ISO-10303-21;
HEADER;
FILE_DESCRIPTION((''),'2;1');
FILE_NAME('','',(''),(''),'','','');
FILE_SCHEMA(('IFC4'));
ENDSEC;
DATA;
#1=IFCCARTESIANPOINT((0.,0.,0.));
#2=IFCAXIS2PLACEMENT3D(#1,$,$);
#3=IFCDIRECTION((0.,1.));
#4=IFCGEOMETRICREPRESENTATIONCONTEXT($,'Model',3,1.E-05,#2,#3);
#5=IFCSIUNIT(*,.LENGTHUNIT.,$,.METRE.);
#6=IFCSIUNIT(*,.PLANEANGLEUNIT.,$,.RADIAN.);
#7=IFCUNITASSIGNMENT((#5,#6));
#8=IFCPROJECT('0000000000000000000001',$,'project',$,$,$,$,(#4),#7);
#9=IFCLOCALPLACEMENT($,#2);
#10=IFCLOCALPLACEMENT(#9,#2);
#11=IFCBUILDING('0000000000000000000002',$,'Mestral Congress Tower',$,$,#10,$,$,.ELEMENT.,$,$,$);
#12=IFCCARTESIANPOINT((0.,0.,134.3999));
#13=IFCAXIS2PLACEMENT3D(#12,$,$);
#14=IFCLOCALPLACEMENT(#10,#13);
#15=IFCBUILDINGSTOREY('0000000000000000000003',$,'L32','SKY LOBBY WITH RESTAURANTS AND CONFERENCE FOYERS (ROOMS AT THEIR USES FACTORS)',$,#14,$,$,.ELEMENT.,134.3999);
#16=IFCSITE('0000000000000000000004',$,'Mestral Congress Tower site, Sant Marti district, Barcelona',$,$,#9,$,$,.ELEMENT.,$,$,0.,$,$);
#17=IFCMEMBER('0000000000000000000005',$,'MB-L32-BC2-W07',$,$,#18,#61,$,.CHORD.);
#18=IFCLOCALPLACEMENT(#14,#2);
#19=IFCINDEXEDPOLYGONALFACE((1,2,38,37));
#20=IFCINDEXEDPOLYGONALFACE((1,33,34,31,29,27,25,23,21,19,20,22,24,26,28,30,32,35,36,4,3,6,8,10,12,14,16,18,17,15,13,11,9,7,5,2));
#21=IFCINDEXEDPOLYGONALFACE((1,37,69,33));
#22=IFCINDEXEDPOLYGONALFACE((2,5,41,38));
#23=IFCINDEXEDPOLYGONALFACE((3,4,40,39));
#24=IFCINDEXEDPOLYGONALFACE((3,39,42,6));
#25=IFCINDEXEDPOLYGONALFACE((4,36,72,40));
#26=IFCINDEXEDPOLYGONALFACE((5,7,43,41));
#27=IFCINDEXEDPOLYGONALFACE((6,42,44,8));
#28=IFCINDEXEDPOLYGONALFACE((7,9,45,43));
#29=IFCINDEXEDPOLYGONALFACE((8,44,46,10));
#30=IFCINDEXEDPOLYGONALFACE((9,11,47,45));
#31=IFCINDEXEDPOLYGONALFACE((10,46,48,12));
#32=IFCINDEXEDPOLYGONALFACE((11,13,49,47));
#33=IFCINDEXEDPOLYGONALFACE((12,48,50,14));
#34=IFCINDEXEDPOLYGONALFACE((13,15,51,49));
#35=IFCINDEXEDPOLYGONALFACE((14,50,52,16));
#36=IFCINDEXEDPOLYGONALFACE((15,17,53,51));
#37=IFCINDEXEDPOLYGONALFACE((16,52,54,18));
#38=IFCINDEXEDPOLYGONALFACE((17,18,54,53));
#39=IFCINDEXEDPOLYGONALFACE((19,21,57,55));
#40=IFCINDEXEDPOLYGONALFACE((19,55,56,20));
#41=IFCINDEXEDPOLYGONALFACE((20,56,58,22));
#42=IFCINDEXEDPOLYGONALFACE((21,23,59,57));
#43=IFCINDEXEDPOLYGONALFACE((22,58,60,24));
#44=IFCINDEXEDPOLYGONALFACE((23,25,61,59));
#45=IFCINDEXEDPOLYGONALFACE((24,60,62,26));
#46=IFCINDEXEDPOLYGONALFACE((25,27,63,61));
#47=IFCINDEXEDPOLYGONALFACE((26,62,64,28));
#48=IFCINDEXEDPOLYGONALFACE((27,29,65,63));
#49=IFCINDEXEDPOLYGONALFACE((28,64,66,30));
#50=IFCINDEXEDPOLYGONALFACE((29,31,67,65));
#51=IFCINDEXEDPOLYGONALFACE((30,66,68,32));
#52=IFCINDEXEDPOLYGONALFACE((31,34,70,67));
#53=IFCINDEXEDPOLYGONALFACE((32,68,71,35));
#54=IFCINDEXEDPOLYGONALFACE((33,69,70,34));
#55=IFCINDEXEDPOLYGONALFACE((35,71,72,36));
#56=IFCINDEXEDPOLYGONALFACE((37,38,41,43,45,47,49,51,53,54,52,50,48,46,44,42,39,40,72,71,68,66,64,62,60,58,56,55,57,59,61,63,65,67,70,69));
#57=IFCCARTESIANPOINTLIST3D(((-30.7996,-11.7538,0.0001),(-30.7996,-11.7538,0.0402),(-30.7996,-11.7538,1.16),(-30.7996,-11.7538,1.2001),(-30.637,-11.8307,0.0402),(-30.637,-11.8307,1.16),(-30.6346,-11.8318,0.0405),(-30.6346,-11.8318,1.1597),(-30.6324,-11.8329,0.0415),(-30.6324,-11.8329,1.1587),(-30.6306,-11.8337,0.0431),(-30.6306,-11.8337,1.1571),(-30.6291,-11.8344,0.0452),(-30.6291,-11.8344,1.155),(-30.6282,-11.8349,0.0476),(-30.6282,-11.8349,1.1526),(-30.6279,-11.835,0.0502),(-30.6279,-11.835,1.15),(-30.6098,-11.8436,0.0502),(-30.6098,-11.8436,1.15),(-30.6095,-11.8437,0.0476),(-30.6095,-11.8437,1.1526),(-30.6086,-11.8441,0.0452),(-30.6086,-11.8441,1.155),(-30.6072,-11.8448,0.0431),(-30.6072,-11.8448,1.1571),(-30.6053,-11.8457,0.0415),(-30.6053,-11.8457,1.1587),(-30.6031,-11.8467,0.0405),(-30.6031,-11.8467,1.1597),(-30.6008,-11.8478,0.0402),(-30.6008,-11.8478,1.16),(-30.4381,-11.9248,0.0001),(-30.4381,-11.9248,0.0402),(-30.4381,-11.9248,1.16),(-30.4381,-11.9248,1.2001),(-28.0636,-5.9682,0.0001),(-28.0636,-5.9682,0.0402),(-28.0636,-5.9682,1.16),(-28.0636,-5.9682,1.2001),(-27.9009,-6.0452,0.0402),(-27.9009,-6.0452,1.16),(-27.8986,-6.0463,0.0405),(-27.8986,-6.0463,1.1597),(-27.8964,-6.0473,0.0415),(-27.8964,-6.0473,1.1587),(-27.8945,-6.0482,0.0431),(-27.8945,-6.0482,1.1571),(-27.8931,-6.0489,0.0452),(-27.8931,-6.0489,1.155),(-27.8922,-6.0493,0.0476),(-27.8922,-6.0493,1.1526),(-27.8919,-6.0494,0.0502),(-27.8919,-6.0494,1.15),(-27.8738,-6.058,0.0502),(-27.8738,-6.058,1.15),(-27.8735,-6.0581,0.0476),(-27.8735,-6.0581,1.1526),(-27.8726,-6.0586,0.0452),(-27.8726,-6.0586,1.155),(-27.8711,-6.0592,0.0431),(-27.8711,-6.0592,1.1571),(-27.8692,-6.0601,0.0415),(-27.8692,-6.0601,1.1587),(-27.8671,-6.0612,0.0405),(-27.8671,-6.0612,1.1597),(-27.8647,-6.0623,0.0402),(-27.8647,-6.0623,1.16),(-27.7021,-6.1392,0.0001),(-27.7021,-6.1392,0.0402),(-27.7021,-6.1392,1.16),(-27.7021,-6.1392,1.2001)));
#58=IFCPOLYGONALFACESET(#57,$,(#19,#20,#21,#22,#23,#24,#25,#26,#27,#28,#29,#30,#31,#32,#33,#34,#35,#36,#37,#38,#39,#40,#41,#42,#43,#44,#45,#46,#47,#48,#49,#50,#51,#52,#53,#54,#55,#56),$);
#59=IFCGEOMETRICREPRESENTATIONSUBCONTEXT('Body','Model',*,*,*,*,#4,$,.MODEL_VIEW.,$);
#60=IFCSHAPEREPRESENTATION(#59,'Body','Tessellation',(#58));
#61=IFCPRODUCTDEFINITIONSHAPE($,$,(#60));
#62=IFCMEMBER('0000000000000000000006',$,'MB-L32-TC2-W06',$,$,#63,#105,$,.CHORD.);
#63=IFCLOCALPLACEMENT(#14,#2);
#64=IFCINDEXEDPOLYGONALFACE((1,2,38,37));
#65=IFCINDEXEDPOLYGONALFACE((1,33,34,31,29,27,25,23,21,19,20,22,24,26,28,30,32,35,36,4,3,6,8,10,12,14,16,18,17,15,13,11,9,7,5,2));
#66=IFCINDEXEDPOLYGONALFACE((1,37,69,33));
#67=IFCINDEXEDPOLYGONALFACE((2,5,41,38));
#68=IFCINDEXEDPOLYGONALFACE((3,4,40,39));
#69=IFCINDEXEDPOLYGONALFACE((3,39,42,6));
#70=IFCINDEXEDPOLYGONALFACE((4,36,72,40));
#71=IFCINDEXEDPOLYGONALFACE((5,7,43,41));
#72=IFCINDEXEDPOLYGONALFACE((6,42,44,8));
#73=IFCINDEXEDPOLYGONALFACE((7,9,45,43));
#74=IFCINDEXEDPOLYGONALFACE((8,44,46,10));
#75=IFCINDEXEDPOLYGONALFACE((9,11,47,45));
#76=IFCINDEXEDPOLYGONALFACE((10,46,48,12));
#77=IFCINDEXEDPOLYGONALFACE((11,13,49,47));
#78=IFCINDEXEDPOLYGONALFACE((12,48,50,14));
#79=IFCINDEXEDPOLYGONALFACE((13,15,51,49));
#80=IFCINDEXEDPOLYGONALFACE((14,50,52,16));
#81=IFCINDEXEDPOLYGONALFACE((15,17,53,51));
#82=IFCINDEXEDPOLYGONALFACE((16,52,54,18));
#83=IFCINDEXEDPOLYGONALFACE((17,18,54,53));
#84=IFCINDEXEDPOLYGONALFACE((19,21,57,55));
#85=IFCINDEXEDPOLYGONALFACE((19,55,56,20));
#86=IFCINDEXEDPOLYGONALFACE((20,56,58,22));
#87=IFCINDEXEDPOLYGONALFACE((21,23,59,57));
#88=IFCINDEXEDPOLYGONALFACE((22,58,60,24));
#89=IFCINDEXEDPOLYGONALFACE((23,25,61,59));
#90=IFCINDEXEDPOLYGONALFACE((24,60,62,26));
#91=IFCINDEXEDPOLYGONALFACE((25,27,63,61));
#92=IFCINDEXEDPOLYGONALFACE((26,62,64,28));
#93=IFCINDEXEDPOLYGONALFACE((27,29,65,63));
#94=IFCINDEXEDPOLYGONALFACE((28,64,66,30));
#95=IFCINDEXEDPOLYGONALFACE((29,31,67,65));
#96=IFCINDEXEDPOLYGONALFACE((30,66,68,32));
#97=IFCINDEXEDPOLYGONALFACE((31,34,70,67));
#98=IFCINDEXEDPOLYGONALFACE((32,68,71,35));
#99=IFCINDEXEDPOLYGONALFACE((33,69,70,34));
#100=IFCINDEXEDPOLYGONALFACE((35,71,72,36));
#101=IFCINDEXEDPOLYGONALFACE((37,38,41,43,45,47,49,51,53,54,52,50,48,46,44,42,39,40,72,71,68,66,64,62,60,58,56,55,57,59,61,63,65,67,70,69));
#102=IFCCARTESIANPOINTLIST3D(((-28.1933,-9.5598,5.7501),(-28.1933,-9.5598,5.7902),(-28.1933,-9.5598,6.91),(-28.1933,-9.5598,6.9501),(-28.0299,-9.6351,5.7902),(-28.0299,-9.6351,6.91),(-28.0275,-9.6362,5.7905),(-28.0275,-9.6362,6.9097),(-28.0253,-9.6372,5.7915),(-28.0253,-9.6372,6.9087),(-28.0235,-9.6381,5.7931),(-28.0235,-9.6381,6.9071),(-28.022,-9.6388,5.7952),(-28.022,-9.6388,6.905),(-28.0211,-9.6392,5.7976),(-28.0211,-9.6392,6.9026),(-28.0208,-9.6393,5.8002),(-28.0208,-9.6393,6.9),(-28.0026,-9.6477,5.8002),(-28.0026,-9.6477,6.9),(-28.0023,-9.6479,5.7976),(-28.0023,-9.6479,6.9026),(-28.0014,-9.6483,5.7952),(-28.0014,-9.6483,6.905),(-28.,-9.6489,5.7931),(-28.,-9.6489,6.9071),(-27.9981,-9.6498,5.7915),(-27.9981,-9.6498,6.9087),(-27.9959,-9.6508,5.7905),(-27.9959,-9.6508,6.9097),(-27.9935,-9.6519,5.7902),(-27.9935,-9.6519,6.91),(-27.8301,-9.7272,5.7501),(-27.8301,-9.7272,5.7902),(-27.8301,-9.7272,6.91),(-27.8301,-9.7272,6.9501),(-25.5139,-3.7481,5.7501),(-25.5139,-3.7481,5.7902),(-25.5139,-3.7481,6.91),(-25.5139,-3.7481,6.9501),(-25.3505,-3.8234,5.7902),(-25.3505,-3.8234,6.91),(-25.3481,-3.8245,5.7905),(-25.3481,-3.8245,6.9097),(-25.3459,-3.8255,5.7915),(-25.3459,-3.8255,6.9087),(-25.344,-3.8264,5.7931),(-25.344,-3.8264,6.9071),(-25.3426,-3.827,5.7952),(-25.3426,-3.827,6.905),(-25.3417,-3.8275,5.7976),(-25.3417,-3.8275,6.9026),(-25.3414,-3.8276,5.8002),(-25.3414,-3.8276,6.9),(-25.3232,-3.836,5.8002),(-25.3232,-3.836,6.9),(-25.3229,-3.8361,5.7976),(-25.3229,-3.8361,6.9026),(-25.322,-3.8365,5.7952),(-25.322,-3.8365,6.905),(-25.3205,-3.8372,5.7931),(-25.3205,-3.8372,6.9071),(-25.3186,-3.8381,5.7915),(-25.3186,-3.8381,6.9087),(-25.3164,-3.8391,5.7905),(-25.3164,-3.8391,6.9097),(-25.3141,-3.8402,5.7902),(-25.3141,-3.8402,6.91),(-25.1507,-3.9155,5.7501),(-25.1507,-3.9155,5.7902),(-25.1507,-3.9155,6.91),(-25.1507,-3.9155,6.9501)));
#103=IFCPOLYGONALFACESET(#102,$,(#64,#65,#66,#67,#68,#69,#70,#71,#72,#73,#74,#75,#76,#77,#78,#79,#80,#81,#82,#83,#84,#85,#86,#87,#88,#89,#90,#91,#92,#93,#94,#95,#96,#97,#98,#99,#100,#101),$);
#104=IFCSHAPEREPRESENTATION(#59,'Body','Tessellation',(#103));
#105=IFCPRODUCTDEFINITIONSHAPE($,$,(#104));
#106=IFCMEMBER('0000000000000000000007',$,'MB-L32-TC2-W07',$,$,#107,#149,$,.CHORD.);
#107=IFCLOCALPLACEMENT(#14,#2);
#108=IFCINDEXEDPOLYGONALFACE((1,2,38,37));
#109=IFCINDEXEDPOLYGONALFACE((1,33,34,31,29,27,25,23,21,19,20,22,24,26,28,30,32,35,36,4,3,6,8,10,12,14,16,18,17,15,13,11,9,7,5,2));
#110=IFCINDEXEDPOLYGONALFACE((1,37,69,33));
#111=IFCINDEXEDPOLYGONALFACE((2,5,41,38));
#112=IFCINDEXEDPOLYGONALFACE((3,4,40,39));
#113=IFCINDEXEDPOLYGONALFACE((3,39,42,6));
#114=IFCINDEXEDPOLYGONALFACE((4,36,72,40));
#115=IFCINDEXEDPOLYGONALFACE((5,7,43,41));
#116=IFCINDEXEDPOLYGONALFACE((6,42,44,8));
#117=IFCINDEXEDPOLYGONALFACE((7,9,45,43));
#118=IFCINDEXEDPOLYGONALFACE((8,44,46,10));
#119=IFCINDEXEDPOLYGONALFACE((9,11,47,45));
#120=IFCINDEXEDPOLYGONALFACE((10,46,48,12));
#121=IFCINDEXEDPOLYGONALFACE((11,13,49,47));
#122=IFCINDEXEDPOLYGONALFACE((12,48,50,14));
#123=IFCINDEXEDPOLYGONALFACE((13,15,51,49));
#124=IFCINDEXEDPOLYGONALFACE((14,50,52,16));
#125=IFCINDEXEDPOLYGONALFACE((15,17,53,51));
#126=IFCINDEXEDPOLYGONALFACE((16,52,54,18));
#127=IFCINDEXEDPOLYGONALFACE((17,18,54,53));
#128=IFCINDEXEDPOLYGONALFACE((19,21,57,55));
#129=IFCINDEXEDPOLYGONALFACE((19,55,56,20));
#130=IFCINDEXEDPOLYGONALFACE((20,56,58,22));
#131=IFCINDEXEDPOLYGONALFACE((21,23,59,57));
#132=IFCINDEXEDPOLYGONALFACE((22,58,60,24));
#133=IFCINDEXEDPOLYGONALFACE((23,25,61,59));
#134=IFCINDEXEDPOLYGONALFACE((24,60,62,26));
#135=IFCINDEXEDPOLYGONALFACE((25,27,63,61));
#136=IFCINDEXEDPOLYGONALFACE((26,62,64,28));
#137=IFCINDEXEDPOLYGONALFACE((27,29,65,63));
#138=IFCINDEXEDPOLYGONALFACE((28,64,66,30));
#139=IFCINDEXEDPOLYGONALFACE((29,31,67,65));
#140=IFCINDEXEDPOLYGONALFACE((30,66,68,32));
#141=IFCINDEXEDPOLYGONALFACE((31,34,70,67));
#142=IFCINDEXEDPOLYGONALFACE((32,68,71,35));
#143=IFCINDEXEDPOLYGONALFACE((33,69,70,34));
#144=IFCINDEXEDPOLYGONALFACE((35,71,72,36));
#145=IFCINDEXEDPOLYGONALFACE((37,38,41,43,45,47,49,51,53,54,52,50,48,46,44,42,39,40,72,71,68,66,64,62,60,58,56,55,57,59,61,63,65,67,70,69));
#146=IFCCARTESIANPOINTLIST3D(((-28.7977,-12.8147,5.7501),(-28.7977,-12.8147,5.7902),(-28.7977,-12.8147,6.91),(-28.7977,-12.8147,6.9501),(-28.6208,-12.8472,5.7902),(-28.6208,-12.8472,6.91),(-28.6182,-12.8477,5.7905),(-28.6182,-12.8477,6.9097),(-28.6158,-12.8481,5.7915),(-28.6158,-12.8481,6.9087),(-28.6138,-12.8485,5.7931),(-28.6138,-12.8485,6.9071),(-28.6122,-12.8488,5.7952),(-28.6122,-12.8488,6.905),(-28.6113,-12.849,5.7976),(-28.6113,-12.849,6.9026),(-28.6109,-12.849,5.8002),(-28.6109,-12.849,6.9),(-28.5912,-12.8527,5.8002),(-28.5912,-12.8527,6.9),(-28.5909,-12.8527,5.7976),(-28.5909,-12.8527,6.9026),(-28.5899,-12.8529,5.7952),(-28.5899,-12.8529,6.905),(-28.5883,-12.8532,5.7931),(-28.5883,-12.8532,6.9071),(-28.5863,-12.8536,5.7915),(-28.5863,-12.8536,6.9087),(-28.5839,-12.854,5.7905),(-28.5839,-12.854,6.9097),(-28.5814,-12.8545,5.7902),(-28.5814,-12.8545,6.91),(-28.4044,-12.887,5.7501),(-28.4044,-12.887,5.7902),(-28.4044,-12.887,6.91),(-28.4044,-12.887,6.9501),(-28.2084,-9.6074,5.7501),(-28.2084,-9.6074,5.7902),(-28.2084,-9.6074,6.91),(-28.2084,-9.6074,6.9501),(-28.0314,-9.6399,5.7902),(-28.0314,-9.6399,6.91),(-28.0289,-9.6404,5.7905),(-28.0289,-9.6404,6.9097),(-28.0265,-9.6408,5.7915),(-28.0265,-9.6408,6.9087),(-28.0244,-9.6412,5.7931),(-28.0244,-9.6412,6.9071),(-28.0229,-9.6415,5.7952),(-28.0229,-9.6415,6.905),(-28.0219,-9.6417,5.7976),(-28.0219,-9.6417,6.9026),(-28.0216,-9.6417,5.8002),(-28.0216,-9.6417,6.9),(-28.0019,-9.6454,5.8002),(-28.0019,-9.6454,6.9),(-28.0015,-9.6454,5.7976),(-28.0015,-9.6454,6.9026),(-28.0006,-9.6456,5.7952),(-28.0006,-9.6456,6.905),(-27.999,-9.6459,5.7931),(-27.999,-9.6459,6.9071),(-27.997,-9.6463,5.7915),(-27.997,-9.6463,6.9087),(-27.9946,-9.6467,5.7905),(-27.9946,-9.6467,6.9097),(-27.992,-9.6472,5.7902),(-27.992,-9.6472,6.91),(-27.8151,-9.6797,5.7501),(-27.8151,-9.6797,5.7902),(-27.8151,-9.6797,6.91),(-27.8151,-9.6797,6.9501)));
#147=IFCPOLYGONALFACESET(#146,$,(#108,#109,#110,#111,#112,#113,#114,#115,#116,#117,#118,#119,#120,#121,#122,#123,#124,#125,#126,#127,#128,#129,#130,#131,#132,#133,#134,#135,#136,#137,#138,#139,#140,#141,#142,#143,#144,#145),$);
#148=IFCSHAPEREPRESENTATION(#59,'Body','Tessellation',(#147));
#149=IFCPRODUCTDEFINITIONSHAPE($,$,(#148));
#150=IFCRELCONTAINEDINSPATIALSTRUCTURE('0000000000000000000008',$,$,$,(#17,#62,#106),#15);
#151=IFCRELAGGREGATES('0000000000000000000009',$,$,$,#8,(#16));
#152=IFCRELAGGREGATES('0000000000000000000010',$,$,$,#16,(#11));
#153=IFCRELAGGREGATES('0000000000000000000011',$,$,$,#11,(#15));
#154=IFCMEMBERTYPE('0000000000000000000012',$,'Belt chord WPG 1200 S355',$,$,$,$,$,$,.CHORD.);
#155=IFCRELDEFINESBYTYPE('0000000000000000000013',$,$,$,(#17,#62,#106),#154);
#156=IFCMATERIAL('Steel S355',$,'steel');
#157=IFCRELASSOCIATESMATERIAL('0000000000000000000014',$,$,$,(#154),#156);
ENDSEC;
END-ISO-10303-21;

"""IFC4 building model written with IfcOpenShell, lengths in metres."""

from ifc_helpers import new_model, si_unit, direction, frame, origin, origin_2d, place, context, subcontext, project, spatial, i_section, extrude, material, material_profile, profile_set, type_object, element, save


model = new_model("IFC4")

# Units and contexts
model_context = context("Model", 3, precision=1e-05, world=origin(), true_north=direction((0.0, 1.0)))
body_context = subcontext(model_context, "Body", "Model", "MODEL_VIEW")
ifc_project = project(units=[si_unit("LENGTHUNIT", "METRE"), si_unit("PLANEANGLEUNIT", "RADIAN")], contexts=[model_context])

# Site, building, storey
site_placement = place(None, origin())
site = spatial("IfcSite", under=ifc_project, at=site_placement, Name="Mestral Congress Tower site, Sant Marti district, Barcelona", CompositionType="ELEMENT", RefElevation=0.0)
building_placement = place(site_placement, origin())
building = spatial("IfcBuilding", under=site, at=building_placement, Name="Mestral Congress Tower", CompositionType="ELEMENT")
storey_placement = place(building_placement, frame((0.0, 0.0, 134.3999)))
storey = spatial("IfcBuildingStorey", under=building, at=storey_placement, Name="L32", Description="SKY LOBBY WITH RESTAURANTS AND CONFERENCE FOYERS (ROOMS AT THEIR USES FACTORS)", CompositionType="ELEMENT", Elevation=134.3999)

# Members
ifc_material_1 = material(Name="Steel S355", Category="steel")
ifc_material_profile_1 = material_profile(ifc_material_1, i_section(OverallWidth=0.3999, OverallDepth=1.2, WebThickness=0.02, FlangeThickness=0.04, FilletRadius=0.01, at=origin_2d()), Name="WPG 1200")
ifc_profile_set_1 = profile_set([ifc_material_profile_1], Name="Steel S355")
member_type_1 = type_object("IfcMemberType", Name="Belt chord WPG 1200 S355", PredefinedType="CHORD", material=ifc_profile_set_1)
member_1_placement = place(storey_placement, frame((-27.8828, -6.0537, 0.6001), z_axis=(-0.427514, -0.904009, 0.0), x_axis=(0.904009, -0.427514, 0.0)))
element("IfcMember", 1, at=member_1_placement, inside=storey, type_object=member_type_1, Name="MB-L32-BC2-W07", PredefinedType="CHORD", context=body_context, shape_type="SweptSolid", body=[
    extrude(i_section(OverallWidth=0.3999, OverallDepth=1.2, WebThickness=0.02, FlangeThickness=0.04, FilletRadius=0.01, at=origin_2d()), origin(), (0.0, 0.0, 1.0), 6.3999),
])
member_2_placement = place(storey_placement, frame((-25.3323, -3.8318, 6.3501), z_axis=(-0.418683, -0.908132, 0.0), x_axis=(0.908132, -0.418683, 0.0)))
element("IfcMember", 2, at=member_2_placement, inside=storey, type_object=member_type_1, Name="MB-L32-TC2-W06", PredefinedType="CHORD", context=body_context, shape_type="SweptSolid", body=[
    extrude(i_section(OverallWidth=0.3999, OverallDepth=1.2, WebThickness=0.02, FlangeThickness=0.04, FilletRadius=0.01, at=origin_2d()), origin(), (0.0, 0.0, 1.0), 6.3997),
])
member_3_placement = place(storey_placement, frame((-28.0117, -9.6436, 6.3501), z_axis=(-0.18073, -0.983533, 0.0), x_axis=(0.983533, -0.18073, 0.0)))
element("IfcMember", 3, at=member_3_placement, inside=storey, type_object=member_type_1, Name="MB-L32-TC2-W07", PredefinedType="CHORD", context=body_context, shape_type="SweptSolid", body=[
    extrude(i_section(OverallWidth=0.3999, OverallDepth=1.2, WebThickness=0.02, FlangeThickness=0.04, FilletRadius=0.01, at=origin_2d()), origin(), (0.0, 0.0, 1.0), 3.261),
])

save(model, "model.ifc")
